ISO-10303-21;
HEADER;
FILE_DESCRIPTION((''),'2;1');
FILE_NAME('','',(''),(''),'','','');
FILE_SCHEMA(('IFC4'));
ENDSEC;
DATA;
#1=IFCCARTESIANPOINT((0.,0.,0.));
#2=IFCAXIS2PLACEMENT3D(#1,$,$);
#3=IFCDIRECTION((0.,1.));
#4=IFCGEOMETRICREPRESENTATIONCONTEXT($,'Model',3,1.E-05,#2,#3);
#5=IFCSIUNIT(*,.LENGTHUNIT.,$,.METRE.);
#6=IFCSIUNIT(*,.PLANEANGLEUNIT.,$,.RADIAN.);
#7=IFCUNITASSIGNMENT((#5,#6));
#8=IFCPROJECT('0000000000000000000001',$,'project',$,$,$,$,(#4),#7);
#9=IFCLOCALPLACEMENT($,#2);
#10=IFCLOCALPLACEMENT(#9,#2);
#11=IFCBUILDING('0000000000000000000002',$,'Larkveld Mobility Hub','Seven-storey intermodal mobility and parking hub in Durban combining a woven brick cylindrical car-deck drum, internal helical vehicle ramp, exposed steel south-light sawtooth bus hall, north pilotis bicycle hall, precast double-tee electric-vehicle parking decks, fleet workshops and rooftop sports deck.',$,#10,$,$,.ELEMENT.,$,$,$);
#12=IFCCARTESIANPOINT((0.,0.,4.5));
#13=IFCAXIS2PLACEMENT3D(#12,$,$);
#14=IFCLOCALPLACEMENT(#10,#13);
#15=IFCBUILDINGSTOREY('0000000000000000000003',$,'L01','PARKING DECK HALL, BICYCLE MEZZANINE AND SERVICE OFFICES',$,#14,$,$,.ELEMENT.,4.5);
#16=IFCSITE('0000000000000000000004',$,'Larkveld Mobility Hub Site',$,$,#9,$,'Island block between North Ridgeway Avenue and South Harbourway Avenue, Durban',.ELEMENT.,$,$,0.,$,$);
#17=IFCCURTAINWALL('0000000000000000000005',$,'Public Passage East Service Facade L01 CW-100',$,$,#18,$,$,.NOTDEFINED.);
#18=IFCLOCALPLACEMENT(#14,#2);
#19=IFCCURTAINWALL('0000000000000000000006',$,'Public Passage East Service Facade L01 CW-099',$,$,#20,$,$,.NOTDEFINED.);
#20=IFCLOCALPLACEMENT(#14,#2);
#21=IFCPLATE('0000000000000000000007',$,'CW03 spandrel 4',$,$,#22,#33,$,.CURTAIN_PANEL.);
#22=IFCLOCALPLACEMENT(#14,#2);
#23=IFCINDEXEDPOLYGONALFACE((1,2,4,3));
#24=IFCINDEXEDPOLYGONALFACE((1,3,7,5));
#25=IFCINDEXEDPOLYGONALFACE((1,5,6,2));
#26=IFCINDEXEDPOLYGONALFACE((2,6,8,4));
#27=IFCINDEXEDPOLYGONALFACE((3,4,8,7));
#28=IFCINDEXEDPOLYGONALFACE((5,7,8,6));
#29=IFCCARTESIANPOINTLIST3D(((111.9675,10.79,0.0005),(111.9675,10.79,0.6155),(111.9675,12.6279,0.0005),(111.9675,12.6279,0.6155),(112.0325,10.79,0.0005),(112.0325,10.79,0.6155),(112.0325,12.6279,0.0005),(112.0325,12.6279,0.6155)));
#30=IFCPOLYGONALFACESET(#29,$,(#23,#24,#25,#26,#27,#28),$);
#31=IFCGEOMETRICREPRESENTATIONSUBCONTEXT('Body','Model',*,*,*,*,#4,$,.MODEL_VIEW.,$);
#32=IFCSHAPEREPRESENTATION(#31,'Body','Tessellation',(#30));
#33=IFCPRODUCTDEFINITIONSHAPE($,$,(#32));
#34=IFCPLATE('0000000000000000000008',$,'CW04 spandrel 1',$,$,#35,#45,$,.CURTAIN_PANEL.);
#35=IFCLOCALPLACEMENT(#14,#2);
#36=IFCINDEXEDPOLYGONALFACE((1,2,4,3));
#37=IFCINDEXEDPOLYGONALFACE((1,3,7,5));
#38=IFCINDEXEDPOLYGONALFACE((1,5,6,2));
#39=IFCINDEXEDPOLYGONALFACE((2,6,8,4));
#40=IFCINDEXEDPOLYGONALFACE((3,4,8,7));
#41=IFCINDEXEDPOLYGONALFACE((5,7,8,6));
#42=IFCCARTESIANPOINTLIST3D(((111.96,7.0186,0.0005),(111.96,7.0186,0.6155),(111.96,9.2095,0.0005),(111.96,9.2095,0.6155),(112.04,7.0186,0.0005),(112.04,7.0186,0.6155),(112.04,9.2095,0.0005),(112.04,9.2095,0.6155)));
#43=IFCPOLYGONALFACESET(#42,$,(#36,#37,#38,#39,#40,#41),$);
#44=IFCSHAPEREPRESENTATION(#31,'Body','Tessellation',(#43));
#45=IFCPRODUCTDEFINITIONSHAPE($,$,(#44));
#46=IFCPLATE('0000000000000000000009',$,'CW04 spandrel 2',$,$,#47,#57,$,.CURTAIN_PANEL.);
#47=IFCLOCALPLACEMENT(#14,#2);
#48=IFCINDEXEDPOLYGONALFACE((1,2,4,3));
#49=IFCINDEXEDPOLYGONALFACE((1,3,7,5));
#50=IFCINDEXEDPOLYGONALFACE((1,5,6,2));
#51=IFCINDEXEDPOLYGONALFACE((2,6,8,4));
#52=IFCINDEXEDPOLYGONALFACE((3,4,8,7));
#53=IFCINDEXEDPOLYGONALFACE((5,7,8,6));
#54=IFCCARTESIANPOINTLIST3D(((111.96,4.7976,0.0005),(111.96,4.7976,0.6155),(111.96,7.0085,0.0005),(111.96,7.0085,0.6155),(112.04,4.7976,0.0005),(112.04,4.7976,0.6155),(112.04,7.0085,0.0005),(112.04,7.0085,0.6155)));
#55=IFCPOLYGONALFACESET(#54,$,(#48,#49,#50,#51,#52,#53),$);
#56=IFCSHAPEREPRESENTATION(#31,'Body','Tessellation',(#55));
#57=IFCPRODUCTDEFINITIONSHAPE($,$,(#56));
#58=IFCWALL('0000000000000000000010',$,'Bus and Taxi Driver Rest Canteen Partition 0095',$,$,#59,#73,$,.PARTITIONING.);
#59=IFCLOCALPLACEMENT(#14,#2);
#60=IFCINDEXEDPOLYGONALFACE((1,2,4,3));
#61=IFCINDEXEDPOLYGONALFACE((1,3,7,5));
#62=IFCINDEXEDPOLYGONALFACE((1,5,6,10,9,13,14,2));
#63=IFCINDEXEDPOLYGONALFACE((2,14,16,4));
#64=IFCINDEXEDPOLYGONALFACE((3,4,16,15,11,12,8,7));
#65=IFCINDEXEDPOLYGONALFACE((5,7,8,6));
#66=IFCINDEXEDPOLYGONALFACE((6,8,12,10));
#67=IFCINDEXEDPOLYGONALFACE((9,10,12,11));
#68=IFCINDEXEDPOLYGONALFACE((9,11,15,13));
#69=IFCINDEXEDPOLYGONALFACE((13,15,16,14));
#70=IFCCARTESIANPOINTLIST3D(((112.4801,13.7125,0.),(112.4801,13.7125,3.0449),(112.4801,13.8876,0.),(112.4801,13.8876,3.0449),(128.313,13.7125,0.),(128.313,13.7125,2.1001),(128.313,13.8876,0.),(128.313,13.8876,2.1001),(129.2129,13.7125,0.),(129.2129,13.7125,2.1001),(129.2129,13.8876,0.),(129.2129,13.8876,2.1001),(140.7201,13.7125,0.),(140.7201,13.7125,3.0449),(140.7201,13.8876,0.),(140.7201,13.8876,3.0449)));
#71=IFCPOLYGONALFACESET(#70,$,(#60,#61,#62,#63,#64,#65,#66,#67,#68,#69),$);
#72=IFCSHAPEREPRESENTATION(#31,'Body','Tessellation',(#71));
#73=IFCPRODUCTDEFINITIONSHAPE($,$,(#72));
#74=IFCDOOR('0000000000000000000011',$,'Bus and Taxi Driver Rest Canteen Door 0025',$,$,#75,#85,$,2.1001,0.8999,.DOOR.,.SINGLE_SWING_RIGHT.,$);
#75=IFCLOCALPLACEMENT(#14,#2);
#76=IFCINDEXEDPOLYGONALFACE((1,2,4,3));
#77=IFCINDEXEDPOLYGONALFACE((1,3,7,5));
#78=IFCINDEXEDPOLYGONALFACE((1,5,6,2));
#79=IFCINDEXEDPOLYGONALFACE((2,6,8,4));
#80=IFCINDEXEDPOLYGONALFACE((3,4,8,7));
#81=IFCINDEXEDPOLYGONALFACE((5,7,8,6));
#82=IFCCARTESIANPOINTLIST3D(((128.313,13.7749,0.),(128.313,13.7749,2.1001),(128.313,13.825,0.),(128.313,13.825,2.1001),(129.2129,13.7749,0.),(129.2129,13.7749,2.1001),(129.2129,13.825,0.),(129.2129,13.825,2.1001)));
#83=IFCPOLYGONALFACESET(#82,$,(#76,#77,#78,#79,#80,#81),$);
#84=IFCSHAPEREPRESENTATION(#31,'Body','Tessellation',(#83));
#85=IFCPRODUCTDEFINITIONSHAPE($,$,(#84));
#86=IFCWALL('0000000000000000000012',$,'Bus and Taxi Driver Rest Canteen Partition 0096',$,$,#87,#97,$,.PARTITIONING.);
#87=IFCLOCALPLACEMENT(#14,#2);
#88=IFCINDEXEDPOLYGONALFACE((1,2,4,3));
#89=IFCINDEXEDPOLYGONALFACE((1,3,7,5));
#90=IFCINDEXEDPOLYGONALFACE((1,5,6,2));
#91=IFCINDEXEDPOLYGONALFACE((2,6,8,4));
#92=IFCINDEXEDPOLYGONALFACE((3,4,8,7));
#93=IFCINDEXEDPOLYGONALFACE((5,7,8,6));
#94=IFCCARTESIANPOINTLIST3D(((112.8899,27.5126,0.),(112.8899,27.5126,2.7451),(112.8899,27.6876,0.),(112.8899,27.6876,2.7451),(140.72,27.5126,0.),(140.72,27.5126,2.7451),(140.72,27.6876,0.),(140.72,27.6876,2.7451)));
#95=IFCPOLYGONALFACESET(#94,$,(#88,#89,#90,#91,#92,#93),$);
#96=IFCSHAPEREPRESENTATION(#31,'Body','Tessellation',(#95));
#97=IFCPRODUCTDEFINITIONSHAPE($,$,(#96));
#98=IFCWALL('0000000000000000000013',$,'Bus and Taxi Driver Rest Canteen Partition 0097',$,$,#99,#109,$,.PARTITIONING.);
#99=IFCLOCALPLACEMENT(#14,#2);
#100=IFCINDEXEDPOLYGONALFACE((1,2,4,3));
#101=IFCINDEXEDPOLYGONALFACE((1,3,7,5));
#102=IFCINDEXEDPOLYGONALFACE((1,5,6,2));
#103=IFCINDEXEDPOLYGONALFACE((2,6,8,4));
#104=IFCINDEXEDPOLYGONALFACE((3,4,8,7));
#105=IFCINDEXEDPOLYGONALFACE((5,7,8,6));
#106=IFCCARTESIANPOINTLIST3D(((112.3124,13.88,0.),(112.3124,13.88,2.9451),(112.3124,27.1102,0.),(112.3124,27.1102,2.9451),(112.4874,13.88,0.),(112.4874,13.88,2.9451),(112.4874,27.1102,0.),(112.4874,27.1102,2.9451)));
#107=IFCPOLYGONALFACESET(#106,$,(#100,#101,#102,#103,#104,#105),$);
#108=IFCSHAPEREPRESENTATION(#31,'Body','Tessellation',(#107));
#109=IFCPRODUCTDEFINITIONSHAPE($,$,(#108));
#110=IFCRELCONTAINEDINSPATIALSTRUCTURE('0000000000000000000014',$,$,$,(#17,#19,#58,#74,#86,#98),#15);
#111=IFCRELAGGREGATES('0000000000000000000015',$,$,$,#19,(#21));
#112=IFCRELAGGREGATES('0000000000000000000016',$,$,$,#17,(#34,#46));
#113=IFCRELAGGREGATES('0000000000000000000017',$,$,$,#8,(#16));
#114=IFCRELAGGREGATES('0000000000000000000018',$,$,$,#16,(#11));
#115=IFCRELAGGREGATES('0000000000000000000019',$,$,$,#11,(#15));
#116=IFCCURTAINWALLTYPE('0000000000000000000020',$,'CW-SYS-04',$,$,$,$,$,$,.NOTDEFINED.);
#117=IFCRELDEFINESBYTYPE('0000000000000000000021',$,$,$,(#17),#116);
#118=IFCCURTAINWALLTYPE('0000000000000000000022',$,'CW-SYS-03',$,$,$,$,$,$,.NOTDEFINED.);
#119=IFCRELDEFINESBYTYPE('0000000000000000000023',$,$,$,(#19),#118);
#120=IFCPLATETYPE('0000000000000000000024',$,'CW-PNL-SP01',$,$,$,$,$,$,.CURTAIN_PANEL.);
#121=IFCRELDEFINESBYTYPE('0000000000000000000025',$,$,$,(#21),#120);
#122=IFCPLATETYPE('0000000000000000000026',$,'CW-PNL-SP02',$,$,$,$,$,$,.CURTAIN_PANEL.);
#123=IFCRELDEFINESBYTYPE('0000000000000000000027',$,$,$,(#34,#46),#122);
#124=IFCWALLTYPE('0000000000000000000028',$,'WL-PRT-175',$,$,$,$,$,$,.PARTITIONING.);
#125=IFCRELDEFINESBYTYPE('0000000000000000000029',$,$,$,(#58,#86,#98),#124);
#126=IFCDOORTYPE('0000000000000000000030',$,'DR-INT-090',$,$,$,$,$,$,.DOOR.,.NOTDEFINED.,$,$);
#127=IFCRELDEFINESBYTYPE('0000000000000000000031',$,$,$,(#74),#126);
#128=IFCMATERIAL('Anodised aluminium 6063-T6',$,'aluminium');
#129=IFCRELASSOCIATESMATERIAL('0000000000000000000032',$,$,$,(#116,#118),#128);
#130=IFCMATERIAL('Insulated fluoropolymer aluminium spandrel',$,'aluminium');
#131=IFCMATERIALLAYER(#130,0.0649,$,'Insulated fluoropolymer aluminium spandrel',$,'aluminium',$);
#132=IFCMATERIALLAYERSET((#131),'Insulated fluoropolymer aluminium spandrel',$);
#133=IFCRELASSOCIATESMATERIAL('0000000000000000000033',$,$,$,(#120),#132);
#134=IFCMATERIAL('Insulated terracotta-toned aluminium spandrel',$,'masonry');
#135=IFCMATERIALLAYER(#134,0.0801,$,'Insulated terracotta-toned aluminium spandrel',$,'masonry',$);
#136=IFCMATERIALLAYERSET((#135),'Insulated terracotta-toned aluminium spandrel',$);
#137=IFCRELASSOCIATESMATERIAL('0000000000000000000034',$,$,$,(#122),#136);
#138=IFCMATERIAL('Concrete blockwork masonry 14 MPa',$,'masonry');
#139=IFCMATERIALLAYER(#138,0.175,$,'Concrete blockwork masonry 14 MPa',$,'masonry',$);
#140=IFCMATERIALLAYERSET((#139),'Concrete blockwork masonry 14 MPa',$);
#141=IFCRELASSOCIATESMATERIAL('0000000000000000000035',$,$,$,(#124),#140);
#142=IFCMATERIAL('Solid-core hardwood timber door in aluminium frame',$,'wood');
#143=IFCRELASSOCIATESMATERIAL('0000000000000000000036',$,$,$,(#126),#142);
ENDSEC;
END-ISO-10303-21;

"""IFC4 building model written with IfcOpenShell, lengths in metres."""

from ifc_helpers import new_model, si_unit, direction, frame, frame_2d, origin, origin_2d, place, context, subcontext, project, spatial, rectangle, extrude, material, layer, layer_set, type_object, element, fill, aggregate, save


model = new_model("IFC4")

# Units and contexts
model_context = context("Model", 3, precision=1e-05, world=origin(), true_north=direction((0.0, 1.0)))
body_context = subcontext(model_context, "Body", "Model", "MODEL_VIEW")
ifc_project = project(units=[si_unit("LENGTHUNIT", "METRE"), si_unit("PLANEANGLEUNIT", "RADIAN")], contexts=[model_context])

# Site, building, storey
site_placement = place(None, origin())
site = spatial("IfcSite", under=ifc_project, at=site_placement, Name="Larkveld Mobility Hub Site", LongName="Island block between North Ridgeway Avenue and South Harbourway Avenue, Durban", CompositionType="ELEMENT", RefElevation=0.0)
building_placement = place(site_placement, origin())
building = spatial("IfcBuilding", under=site, at=building_placement, Name="Larkveld Mobility Hub", Description="Seven-storey intermodal mobility and parking hub in Durban combining a woven brick cylindrical car-deck drum, internal helical vehicle ramp, exposed steel south-light sawtooth bus hall, north pilotis bicycle hall, precast double-tee electric-vehicle parking decks, fleet workshops and rooftop sports deck.", CompositionType="ELEMENT")
storey_placement = place(building_placement, frame((0.0, 0.0, 4.5)))
storey = spatial("IfcBuildingStorey", under=building, at=storey_placement, Name="L01", Description="PARKING DECK HALL, BICYCLE MEZZANINE AND SERVICE OFFICES", CompositionType="ELEMENT", Elevation=4.5)

# Curtain walls
ifc_material_1 = material(Name="Anodised aluminium 6063-T6", Category="aluminium")
curtain_wall_type_1 = type_object("IfcCurtainWallType", Name="CW-SYS-04", PredefinedType="NOTDEFINED", material=ifc_material_1)
curtain_wall_1_placement = place(storey_placement, origin())
curtain_wall_1 = element("IfcCurtainWall", 1, at=curtain_wall_1_placement, inside=storey, type_object=curtain_wall_type_1, Name="Public Passage East Service Facade L01 CW-100", PredefinedType="NOTDEFINED")
curtain_wall_type_2 = type_object("IfcCurtainWallType", Name="CW-SYS-03", PredefinedType="NOTDEFINED", material=ifc_material_1)
curtain_wall_2_placement = place(storey_placement, origin())
curtain_wall_2 = element("IfcCurtainWall", 2, at=curtain_wall_2_placement, inside=storey, type_object=curtain_wall_type_2, Name="Public Passage East Service Facade L01 CW-099", PredefinedType="NOTDEFINED")

# Plates
ifc_material_2 = material(Name="Insulated fluoropolymer aluminium spandrel", Category="aluminium")
ifc_layer_1 = layer(ifc_material_2, 0.0649, Name="Insulated fluoropolymer aluminium spandrel", Category="aluminium")
ifc_layer_set_1 = layer_set([ifc_layer_1], Name="Insulated fluoropolymer aluminium spandrel")
plate_type_1 = type_object("IfcPlateType", Name="CW-PNL-SP01", PredefinedType="CURTAIN_PANEL", material=ifc_layer_set_1)
plate_1_placement = place(storey_placement, frame((112.0, 11.709, 0.0005), z_axis=(0.0, 0.0, 1.0), x_axis=(0.0, -1.0, 0.0)))
plate_1 = element("IfcPlate", 3, at=plate_1_placement, type_object=plate_type_1, Name="CW03 spandrel 4", PredefinedType="CURTAIN_PANEL", context=body_context, shape_type="SweptSolid", body=[
    extrude(rectangle(XDim=1.8379, YDim=0.0649, at=origin_2d()), origin(), (0.0, 0.0, 1.0), 0.615),
])
aggregate(curtain_wall_2, [plate_1])
ifc_material_3 = material(Name="Insulated terracotta-toned aluminium spandrel", Category="masonry")
ifc_layer_2 = layer(ifc_material_3, 0.0801, Name="Insulated terracotta-toned aluminium spandrel", Category="masonry")
ifc_layer_set_2 = layer_set([ifc_layer_2], Name="Insulated terracotta-toned aluminium spandrel")
plate_type_2 = type_object("IfcPlateType", Name="CW-PNL-SP02", PredefinedType="CURTAIN_PANEL", material=ifc_layer_set_2)
plate_2_placement = place(storey_placement, frame((112.0, 8.114, 0.0005), z_axis=(0.0, 0.0, 1.0), x_axis=(0.0, -1.0, 0.0)))
plate_2 = element("IfcPlate", 4, at=plate_2_placement, type_object=plate_type_2, Name="CW04 spandrel 1", PredefinedType="CURTAIN_PANEL", context=body_context, shape_type="SweptSolid", body=[
    extrude(rectangle(XDim=2.1909, YDim=0.0801, at=origin_2d()), origin(), (0.0, 0.0, 1.0), 0.615),
])
plate_3_placement = place(storey_placement, frame((112.0, 5.9031, 0.0005), z_axis=(0.0, 0.0, 1.0), x_axis=(0.0, -1.0, 0.0)))
plate_3 = element("IfcPlate", 5, at=plate_3_placement, type_object=plate_type_2, Name="CW04 spandrel 2", PredefinedType="CURTAIN_PANEL", context=body_context, shape_type="SweptSolid", body=[
    extrude(rectangle(XDim=2.2109, YDim=0.0801, at=origin_2d()), origin(), (0.0, 0.0, 1.0), 0.615),
])
aggregate(curtain_wall_1, [plate_2, plate_3])

# Wall, opening, door
ifc_material_4 = material(Name="Concrete blockwork masonry 14 MPa", Category="masonry")
ifc_layer_3 = layer(ifc_material_4, 0.175, Name="Concrete blockwork masonry 14 MPa", Category="masonry")
ifc_layer_set_3 = layer_set([ifc_layer_3], Name="Concrete blockwork masonry 14 MPa")
wall_type = type_object("IfcWallType", Name="WL-PRT-175", PredefinedType="PARTITIONING", material=ifc_layer_set_3)
wall_1_placement = place(storey_placement, frame((112.48, 13.8, 0.0), z_axis=(0.0, 0.0, 1.0), x_axis=(1.0, 0.0, 0.0)))
wall_1 = element("IfcWall", 6, at=wall_1_placement, inside=storey, type_object=wall_type, Name="Bus and Taxi Driver Rest Canteen Partition 0095", PredefinedType="PARTITIONING", context=body_context, shape_type="SweptSolid", body=[
    extrude(rectangle(XDim=28.24, YDim=0.175, at=frame_2d((14.1201, 0.0))), origin(), (0.0, 0.0, 1.0), 3.0449),
])
opening_placement = place(wall_1_placement, frame((15.833, 0.0, 0.0)))
opening = element("IfcOpeningElement", 7, at=opening_placement, cuts=wall_1, PredefinedType="OPENING", context=body_context, shape_type="SweptSolid", body=[
    extrude(rectangle(XDim=0.8999, YDim=2.1001, at=frame_2d((0.45, 1.05))), frame((0.0, 0.0977, 0.0), z_axis=(0.0, -1.0, 0.0), x_axis=(1.0, 0.0, 0.0)), (0.0, 0.0, 1.0), 0.1951),
])
ifc_material_5 = material(Name="Solid-core hardwood timber door in aluminium frame", Category="wood")
door_type = type_object("IfcDoorType", Name="DR-INT-090", OperationType="NOTDEFINED", PredefinedType="DOOR", material=ifc_material_5)
door_placement = place(opening_placement, origin())
door = element("IfcDoor", 8, at=door_placement, inside=storey, type_object=door_type, Name="Bus and Taxi Driver Rest Canteen Door 0025", OperationType="SINGLE_SWING_RIGHT", OverallHeight=2.1001, OverallWidth=0.8999, PredefinedType="DOOR", context=body_context, shape_type="SweptSolid", body=[
    extrude(rectangle(XDim=0.8999, YDim=2.1001, at=frame_2d((0.45, 1.05))), frame((0.0, 0.0249, 0.0), z_axis=(0.0, -1.0, 0.0), x_axis=(1.0, 0.0, 0.0)), (0.0, 0.0, 1.0), 0.05),
])
fill(opening, door)

# Walls
wall_2_placement = place(storey_placement, frame((112.8899, 27.6001, 0.0), z_axis=(0.0, 0.0, 1.0), x_axis=(1.0, 0.0, 0.0)))
element("IfcWall", 9, at=wall_2_placement, inside=storey, type_object=wall_type, Name="Bus and Taxi Driver Rest Canteen Partition 0096", PredefinedType="PARTITIONING", context=body_context, shape_type="SweptSolid", body=[
    extrude(rectangle(XDim=27.8301, YDim=0.175, at=frame_2d((13.915, 0.0))), origin(), (0.0, 0.0, 1.0), 2.7451),
])
wall_3_placement = place(storey_placement, frame((112.3999, 13.8799, 0.0), z_axis=(0.0, 0.0, 1.0), x_axis=(0.0, 1.0, 0.0)))
element("IfcWall", 10, at=wall_3_placement, inside=storey, type_object=wall_type, Name="Bus and Taxi Driver Rest Canteen Partition 0097", PredefinedType="PARTITIONING", context=body_context, shape_type="SweptSolid", body=[
    extrude(rectangle(XDim=13.2302, YDim=0.175, at=frame_2d((6.6152, 0.0))), origin(), (0.0, 0.0, 1.0), 2.9451),
])

save(model, "model.ifc")
